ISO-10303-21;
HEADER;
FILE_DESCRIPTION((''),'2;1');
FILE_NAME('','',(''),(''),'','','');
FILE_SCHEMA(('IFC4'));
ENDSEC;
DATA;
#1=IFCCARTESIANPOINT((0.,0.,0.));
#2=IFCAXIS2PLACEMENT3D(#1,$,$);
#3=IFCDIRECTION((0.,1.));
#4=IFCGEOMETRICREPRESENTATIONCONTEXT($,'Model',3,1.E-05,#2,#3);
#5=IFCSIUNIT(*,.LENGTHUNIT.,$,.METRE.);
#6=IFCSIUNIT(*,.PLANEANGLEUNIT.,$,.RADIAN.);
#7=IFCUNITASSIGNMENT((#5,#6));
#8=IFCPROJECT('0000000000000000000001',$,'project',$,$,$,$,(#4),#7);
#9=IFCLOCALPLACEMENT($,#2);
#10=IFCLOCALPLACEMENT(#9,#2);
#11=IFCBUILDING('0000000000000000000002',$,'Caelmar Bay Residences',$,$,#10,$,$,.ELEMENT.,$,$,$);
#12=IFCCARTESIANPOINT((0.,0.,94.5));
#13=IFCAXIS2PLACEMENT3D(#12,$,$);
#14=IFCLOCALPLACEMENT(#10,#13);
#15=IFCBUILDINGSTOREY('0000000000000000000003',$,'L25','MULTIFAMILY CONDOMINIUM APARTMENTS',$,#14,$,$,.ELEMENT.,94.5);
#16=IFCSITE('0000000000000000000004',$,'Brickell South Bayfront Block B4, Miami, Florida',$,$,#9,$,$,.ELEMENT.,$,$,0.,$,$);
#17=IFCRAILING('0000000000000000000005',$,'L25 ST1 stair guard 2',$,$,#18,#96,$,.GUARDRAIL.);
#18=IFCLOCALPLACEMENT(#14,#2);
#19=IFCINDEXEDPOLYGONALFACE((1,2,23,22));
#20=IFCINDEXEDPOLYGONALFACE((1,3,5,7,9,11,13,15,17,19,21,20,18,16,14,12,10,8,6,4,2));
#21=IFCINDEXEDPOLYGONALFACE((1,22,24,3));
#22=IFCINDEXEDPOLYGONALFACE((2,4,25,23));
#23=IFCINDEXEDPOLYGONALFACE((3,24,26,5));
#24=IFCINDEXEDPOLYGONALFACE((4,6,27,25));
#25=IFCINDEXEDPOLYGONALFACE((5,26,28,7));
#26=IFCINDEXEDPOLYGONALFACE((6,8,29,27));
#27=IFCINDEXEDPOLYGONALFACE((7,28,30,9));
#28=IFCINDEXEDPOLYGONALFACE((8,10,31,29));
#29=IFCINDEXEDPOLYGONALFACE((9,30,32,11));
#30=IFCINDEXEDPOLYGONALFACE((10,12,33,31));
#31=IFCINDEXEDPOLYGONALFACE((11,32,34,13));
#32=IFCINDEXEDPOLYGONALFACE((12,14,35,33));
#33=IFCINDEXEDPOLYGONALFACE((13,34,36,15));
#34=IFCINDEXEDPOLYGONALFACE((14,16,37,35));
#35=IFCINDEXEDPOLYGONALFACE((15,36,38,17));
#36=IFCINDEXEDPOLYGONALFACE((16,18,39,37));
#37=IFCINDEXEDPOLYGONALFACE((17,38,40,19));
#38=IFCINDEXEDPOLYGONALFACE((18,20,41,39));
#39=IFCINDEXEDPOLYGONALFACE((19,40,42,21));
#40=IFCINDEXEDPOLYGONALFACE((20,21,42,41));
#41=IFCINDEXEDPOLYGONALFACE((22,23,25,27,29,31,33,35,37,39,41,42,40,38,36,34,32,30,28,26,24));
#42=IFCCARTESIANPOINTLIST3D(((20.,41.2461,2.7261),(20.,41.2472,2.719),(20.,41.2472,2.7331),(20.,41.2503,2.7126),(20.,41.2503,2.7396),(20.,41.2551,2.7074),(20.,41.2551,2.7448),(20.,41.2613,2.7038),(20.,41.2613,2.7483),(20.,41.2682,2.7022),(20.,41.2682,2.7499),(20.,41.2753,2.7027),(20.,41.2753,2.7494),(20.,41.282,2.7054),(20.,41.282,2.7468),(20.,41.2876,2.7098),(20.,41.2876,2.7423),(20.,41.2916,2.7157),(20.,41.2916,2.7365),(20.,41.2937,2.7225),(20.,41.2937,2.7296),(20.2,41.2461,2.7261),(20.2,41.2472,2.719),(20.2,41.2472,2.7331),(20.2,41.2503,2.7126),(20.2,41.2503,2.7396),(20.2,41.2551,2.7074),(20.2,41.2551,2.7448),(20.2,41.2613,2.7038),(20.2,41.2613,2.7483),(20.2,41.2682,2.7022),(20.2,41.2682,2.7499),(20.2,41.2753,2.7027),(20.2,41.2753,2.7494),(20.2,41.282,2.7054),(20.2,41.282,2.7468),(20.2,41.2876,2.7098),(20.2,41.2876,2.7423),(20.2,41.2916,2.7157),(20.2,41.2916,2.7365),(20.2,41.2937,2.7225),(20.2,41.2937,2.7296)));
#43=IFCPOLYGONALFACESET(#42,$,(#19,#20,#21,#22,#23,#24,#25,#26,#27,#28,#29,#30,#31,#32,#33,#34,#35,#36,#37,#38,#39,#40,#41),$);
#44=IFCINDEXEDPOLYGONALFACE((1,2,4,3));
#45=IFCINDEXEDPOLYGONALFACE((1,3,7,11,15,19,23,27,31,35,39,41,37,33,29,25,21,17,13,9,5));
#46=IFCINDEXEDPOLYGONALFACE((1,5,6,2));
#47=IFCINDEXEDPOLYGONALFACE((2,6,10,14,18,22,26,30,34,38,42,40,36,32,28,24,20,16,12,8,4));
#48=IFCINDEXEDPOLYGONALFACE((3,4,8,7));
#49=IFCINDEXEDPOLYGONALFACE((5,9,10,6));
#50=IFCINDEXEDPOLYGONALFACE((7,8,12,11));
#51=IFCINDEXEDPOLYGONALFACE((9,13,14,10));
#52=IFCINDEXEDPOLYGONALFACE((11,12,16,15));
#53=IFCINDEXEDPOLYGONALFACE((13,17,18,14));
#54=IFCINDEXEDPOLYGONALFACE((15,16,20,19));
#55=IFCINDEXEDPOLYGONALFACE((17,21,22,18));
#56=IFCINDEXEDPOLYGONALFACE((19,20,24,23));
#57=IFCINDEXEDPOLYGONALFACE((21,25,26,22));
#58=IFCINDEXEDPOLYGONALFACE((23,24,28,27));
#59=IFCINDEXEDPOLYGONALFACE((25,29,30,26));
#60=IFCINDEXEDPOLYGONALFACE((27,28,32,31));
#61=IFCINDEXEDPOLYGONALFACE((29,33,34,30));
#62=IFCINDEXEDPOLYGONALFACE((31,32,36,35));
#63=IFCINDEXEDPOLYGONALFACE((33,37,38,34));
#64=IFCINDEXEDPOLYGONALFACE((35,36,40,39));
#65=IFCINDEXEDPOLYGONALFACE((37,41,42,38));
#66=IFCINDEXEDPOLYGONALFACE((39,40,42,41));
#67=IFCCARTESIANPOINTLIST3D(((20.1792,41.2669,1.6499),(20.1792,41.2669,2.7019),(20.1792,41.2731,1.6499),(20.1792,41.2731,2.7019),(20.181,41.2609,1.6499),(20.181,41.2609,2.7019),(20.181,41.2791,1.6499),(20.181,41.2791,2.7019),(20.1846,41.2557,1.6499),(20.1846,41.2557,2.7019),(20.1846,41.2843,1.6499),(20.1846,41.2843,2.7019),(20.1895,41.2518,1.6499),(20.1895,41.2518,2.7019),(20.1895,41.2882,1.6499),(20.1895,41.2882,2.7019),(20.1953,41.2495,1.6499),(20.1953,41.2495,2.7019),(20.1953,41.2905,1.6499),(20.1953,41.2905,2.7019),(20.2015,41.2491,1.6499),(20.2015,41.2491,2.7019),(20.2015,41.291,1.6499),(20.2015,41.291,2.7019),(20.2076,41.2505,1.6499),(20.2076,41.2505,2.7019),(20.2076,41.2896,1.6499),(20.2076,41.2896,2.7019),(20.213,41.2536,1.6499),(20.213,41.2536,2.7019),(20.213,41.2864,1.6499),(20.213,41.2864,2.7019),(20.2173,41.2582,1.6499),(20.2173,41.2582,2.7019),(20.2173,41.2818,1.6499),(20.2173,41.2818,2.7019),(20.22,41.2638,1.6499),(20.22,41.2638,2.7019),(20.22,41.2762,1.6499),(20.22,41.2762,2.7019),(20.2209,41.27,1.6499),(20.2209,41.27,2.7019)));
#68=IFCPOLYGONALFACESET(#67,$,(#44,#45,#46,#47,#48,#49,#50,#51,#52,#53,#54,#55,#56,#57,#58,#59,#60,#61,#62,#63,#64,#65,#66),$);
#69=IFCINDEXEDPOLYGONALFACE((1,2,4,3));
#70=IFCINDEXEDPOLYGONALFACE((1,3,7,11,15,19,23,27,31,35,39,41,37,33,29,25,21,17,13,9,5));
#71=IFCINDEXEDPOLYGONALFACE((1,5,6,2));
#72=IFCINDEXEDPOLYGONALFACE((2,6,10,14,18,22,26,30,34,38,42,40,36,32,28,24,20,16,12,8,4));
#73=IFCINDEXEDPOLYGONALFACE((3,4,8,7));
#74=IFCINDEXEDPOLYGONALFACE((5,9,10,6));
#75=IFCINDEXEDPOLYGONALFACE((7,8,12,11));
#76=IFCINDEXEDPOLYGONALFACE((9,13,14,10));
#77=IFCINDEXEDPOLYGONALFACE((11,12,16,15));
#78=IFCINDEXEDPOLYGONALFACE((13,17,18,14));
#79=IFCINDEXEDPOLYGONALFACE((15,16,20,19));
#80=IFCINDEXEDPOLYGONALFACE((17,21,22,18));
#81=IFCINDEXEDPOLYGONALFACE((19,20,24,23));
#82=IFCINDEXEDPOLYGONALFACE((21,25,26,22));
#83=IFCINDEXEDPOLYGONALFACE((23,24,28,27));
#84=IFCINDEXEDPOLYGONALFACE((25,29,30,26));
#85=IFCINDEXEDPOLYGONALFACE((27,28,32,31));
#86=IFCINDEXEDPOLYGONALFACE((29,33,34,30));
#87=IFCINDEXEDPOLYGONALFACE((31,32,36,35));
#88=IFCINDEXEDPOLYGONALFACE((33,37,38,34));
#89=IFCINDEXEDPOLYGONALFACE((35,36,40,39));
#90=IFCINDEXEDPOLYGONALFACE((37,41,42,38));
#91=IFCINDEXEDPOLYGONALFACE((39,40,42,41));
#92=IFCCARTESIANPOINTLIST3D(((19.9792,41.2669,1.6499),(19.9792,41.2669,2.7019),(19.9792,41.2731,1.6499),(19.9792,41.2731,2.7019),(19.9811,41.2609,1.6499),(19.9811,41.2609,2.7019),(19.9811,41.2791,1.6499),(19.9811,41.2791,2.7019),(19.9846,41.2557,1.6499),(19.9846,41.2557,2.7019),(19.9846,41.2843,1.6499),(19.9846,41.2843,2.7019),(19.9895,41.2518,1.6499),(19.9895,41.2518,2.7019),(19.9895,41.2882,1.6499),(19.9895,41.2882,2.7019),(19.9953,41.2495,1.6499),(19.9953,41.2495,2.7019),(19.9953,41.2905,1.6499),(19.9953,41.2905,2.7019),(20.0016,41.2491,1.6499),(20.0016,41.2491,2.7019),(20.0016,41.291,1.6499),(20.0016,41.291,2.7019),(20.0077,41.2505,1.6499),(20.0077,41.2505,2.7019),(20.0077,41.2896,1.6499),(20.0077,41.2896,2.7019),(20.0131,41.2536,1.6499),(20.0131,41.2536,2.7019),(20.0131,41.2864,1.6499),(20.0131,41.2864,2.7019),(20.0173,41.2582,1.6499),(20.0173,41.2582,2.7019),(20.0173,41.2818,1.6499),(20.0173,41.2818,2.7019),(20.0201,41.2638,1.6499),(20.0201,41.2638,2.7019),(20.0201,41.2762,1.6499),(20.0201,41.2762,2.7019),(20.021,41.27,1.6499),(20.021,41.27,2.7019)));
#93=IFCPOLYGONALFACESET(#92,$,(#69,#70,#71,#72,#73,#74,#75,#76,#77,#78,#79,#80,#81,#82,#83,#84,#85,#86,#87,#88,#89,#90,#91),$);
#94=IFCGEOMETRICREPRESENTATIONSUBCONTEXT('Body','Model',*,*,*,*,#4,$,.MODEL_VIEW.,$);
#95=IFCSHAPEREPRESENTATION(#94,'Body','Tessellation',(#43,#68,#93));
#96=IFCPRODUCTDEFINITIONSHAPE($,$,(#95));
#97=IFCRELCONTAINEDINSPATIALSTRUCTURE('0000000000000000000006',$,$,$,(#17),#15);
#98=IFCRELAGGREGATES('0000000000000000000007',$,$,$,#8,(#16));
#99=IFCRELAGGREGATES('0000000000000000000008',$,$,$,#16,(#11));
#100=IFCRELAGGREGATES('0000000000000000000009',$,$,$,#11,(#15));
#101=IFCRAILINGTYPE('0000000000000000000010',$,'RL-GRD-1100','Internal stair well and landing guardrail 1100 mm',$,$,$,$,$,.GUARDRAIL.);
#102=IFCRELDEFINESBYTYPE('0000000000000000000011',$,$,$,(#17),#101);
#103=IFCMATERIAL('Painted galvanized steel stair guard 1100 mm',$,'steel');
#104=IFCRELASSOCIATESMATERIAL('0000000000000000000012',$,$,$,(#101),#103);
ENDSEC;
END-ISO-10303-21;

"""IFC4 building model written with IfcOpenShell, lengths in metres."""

from ifc_helpers import new_model, si_unit, direction, frame, origin, origin_2d, place, context, subcontext, project, spatial, circle, extrude, material, type_object, element, save


model = new_model("IFC4")

# Units and contexts
model_context = context("Model", 3, precision=1e-05, world=origin(), true_north=direction((0.0, 1.0)))
body_context = subcontext(model_context, "Body", "Model", "MODEL_VIEW")
ifc_project = project(units=[si_unit("LENGTHUNIT", "METRE"), si_unit("PLANEANGLEUNIT", "RADIAN")], contexts=[model_context])

# Site, building, storey
site_placement = place(None, origin())
site = spatial("IfcSite", under=ifc_project, at=site_placement, Name="Brickell South Bayfront Block B4, Miami, Florida", CompositionType="ELEMENT", RefElevation=0.0)
building_placement = place(site_placement, origin())
building = spatial("IfcBuilding", under=site, at=building_placement, Name="Caelmar Bay Residences", CompositionType="ELEMENT")
storey_placement = place(building_placement, frame((0.0, 0.0, 94.5)))
storey = spatial("IfcBuildingStorey", under=building, at=storey_placement, Name="L25", Description="MULTIFAMILY CONDOMINIUM APARTMENTS", CompositionType="ELEMENT", Elevation=94.5)

# Railing
ifc_material_1 = material(Name="Painted galvanized steel stair guard 1100 mm", Category="steel")
railing_type_1 = type_object("IfcRailingType", Name="RL-GRD-1100", Description="Internal stair well and landing guardrail 1100 mm", PredefinedType="GUARDRAIL", material=ifc_material_1)
railing_1_placement = place(storey_placement, frame((20.2, 41.27, 1.6499)))
element("IfcRailing", 1, at=railing_1_placement, inside=storey, type_object=railing_type_1, Name="L25 ST1 stair guard 2", PredefinedType="GUARDRAIL", context=body_context, shape_type="SweptSolid", body=[
    extrude(circle(Radius=0.0239, at=origin_2d()), frame((0.0, 0.0, 1.0762), z_axis=(-1.0, 0.0, 0.0), x_axis=(0.0, -1.0, 0.0)), (0.0, 0.0, 1.0), 0.2),
    extrude(circle(Radius=0.021, at=origin_2d()), origin(), (0.0, 0.0, 1.0), 1.052),
    extrude(circle(Radius=0.021, at=origin_2d()), frame((-0.2, 0.0, 0.0)), (0.0, 0.0, 1.0), 1.052),
])

save(model, "model.ifc")
